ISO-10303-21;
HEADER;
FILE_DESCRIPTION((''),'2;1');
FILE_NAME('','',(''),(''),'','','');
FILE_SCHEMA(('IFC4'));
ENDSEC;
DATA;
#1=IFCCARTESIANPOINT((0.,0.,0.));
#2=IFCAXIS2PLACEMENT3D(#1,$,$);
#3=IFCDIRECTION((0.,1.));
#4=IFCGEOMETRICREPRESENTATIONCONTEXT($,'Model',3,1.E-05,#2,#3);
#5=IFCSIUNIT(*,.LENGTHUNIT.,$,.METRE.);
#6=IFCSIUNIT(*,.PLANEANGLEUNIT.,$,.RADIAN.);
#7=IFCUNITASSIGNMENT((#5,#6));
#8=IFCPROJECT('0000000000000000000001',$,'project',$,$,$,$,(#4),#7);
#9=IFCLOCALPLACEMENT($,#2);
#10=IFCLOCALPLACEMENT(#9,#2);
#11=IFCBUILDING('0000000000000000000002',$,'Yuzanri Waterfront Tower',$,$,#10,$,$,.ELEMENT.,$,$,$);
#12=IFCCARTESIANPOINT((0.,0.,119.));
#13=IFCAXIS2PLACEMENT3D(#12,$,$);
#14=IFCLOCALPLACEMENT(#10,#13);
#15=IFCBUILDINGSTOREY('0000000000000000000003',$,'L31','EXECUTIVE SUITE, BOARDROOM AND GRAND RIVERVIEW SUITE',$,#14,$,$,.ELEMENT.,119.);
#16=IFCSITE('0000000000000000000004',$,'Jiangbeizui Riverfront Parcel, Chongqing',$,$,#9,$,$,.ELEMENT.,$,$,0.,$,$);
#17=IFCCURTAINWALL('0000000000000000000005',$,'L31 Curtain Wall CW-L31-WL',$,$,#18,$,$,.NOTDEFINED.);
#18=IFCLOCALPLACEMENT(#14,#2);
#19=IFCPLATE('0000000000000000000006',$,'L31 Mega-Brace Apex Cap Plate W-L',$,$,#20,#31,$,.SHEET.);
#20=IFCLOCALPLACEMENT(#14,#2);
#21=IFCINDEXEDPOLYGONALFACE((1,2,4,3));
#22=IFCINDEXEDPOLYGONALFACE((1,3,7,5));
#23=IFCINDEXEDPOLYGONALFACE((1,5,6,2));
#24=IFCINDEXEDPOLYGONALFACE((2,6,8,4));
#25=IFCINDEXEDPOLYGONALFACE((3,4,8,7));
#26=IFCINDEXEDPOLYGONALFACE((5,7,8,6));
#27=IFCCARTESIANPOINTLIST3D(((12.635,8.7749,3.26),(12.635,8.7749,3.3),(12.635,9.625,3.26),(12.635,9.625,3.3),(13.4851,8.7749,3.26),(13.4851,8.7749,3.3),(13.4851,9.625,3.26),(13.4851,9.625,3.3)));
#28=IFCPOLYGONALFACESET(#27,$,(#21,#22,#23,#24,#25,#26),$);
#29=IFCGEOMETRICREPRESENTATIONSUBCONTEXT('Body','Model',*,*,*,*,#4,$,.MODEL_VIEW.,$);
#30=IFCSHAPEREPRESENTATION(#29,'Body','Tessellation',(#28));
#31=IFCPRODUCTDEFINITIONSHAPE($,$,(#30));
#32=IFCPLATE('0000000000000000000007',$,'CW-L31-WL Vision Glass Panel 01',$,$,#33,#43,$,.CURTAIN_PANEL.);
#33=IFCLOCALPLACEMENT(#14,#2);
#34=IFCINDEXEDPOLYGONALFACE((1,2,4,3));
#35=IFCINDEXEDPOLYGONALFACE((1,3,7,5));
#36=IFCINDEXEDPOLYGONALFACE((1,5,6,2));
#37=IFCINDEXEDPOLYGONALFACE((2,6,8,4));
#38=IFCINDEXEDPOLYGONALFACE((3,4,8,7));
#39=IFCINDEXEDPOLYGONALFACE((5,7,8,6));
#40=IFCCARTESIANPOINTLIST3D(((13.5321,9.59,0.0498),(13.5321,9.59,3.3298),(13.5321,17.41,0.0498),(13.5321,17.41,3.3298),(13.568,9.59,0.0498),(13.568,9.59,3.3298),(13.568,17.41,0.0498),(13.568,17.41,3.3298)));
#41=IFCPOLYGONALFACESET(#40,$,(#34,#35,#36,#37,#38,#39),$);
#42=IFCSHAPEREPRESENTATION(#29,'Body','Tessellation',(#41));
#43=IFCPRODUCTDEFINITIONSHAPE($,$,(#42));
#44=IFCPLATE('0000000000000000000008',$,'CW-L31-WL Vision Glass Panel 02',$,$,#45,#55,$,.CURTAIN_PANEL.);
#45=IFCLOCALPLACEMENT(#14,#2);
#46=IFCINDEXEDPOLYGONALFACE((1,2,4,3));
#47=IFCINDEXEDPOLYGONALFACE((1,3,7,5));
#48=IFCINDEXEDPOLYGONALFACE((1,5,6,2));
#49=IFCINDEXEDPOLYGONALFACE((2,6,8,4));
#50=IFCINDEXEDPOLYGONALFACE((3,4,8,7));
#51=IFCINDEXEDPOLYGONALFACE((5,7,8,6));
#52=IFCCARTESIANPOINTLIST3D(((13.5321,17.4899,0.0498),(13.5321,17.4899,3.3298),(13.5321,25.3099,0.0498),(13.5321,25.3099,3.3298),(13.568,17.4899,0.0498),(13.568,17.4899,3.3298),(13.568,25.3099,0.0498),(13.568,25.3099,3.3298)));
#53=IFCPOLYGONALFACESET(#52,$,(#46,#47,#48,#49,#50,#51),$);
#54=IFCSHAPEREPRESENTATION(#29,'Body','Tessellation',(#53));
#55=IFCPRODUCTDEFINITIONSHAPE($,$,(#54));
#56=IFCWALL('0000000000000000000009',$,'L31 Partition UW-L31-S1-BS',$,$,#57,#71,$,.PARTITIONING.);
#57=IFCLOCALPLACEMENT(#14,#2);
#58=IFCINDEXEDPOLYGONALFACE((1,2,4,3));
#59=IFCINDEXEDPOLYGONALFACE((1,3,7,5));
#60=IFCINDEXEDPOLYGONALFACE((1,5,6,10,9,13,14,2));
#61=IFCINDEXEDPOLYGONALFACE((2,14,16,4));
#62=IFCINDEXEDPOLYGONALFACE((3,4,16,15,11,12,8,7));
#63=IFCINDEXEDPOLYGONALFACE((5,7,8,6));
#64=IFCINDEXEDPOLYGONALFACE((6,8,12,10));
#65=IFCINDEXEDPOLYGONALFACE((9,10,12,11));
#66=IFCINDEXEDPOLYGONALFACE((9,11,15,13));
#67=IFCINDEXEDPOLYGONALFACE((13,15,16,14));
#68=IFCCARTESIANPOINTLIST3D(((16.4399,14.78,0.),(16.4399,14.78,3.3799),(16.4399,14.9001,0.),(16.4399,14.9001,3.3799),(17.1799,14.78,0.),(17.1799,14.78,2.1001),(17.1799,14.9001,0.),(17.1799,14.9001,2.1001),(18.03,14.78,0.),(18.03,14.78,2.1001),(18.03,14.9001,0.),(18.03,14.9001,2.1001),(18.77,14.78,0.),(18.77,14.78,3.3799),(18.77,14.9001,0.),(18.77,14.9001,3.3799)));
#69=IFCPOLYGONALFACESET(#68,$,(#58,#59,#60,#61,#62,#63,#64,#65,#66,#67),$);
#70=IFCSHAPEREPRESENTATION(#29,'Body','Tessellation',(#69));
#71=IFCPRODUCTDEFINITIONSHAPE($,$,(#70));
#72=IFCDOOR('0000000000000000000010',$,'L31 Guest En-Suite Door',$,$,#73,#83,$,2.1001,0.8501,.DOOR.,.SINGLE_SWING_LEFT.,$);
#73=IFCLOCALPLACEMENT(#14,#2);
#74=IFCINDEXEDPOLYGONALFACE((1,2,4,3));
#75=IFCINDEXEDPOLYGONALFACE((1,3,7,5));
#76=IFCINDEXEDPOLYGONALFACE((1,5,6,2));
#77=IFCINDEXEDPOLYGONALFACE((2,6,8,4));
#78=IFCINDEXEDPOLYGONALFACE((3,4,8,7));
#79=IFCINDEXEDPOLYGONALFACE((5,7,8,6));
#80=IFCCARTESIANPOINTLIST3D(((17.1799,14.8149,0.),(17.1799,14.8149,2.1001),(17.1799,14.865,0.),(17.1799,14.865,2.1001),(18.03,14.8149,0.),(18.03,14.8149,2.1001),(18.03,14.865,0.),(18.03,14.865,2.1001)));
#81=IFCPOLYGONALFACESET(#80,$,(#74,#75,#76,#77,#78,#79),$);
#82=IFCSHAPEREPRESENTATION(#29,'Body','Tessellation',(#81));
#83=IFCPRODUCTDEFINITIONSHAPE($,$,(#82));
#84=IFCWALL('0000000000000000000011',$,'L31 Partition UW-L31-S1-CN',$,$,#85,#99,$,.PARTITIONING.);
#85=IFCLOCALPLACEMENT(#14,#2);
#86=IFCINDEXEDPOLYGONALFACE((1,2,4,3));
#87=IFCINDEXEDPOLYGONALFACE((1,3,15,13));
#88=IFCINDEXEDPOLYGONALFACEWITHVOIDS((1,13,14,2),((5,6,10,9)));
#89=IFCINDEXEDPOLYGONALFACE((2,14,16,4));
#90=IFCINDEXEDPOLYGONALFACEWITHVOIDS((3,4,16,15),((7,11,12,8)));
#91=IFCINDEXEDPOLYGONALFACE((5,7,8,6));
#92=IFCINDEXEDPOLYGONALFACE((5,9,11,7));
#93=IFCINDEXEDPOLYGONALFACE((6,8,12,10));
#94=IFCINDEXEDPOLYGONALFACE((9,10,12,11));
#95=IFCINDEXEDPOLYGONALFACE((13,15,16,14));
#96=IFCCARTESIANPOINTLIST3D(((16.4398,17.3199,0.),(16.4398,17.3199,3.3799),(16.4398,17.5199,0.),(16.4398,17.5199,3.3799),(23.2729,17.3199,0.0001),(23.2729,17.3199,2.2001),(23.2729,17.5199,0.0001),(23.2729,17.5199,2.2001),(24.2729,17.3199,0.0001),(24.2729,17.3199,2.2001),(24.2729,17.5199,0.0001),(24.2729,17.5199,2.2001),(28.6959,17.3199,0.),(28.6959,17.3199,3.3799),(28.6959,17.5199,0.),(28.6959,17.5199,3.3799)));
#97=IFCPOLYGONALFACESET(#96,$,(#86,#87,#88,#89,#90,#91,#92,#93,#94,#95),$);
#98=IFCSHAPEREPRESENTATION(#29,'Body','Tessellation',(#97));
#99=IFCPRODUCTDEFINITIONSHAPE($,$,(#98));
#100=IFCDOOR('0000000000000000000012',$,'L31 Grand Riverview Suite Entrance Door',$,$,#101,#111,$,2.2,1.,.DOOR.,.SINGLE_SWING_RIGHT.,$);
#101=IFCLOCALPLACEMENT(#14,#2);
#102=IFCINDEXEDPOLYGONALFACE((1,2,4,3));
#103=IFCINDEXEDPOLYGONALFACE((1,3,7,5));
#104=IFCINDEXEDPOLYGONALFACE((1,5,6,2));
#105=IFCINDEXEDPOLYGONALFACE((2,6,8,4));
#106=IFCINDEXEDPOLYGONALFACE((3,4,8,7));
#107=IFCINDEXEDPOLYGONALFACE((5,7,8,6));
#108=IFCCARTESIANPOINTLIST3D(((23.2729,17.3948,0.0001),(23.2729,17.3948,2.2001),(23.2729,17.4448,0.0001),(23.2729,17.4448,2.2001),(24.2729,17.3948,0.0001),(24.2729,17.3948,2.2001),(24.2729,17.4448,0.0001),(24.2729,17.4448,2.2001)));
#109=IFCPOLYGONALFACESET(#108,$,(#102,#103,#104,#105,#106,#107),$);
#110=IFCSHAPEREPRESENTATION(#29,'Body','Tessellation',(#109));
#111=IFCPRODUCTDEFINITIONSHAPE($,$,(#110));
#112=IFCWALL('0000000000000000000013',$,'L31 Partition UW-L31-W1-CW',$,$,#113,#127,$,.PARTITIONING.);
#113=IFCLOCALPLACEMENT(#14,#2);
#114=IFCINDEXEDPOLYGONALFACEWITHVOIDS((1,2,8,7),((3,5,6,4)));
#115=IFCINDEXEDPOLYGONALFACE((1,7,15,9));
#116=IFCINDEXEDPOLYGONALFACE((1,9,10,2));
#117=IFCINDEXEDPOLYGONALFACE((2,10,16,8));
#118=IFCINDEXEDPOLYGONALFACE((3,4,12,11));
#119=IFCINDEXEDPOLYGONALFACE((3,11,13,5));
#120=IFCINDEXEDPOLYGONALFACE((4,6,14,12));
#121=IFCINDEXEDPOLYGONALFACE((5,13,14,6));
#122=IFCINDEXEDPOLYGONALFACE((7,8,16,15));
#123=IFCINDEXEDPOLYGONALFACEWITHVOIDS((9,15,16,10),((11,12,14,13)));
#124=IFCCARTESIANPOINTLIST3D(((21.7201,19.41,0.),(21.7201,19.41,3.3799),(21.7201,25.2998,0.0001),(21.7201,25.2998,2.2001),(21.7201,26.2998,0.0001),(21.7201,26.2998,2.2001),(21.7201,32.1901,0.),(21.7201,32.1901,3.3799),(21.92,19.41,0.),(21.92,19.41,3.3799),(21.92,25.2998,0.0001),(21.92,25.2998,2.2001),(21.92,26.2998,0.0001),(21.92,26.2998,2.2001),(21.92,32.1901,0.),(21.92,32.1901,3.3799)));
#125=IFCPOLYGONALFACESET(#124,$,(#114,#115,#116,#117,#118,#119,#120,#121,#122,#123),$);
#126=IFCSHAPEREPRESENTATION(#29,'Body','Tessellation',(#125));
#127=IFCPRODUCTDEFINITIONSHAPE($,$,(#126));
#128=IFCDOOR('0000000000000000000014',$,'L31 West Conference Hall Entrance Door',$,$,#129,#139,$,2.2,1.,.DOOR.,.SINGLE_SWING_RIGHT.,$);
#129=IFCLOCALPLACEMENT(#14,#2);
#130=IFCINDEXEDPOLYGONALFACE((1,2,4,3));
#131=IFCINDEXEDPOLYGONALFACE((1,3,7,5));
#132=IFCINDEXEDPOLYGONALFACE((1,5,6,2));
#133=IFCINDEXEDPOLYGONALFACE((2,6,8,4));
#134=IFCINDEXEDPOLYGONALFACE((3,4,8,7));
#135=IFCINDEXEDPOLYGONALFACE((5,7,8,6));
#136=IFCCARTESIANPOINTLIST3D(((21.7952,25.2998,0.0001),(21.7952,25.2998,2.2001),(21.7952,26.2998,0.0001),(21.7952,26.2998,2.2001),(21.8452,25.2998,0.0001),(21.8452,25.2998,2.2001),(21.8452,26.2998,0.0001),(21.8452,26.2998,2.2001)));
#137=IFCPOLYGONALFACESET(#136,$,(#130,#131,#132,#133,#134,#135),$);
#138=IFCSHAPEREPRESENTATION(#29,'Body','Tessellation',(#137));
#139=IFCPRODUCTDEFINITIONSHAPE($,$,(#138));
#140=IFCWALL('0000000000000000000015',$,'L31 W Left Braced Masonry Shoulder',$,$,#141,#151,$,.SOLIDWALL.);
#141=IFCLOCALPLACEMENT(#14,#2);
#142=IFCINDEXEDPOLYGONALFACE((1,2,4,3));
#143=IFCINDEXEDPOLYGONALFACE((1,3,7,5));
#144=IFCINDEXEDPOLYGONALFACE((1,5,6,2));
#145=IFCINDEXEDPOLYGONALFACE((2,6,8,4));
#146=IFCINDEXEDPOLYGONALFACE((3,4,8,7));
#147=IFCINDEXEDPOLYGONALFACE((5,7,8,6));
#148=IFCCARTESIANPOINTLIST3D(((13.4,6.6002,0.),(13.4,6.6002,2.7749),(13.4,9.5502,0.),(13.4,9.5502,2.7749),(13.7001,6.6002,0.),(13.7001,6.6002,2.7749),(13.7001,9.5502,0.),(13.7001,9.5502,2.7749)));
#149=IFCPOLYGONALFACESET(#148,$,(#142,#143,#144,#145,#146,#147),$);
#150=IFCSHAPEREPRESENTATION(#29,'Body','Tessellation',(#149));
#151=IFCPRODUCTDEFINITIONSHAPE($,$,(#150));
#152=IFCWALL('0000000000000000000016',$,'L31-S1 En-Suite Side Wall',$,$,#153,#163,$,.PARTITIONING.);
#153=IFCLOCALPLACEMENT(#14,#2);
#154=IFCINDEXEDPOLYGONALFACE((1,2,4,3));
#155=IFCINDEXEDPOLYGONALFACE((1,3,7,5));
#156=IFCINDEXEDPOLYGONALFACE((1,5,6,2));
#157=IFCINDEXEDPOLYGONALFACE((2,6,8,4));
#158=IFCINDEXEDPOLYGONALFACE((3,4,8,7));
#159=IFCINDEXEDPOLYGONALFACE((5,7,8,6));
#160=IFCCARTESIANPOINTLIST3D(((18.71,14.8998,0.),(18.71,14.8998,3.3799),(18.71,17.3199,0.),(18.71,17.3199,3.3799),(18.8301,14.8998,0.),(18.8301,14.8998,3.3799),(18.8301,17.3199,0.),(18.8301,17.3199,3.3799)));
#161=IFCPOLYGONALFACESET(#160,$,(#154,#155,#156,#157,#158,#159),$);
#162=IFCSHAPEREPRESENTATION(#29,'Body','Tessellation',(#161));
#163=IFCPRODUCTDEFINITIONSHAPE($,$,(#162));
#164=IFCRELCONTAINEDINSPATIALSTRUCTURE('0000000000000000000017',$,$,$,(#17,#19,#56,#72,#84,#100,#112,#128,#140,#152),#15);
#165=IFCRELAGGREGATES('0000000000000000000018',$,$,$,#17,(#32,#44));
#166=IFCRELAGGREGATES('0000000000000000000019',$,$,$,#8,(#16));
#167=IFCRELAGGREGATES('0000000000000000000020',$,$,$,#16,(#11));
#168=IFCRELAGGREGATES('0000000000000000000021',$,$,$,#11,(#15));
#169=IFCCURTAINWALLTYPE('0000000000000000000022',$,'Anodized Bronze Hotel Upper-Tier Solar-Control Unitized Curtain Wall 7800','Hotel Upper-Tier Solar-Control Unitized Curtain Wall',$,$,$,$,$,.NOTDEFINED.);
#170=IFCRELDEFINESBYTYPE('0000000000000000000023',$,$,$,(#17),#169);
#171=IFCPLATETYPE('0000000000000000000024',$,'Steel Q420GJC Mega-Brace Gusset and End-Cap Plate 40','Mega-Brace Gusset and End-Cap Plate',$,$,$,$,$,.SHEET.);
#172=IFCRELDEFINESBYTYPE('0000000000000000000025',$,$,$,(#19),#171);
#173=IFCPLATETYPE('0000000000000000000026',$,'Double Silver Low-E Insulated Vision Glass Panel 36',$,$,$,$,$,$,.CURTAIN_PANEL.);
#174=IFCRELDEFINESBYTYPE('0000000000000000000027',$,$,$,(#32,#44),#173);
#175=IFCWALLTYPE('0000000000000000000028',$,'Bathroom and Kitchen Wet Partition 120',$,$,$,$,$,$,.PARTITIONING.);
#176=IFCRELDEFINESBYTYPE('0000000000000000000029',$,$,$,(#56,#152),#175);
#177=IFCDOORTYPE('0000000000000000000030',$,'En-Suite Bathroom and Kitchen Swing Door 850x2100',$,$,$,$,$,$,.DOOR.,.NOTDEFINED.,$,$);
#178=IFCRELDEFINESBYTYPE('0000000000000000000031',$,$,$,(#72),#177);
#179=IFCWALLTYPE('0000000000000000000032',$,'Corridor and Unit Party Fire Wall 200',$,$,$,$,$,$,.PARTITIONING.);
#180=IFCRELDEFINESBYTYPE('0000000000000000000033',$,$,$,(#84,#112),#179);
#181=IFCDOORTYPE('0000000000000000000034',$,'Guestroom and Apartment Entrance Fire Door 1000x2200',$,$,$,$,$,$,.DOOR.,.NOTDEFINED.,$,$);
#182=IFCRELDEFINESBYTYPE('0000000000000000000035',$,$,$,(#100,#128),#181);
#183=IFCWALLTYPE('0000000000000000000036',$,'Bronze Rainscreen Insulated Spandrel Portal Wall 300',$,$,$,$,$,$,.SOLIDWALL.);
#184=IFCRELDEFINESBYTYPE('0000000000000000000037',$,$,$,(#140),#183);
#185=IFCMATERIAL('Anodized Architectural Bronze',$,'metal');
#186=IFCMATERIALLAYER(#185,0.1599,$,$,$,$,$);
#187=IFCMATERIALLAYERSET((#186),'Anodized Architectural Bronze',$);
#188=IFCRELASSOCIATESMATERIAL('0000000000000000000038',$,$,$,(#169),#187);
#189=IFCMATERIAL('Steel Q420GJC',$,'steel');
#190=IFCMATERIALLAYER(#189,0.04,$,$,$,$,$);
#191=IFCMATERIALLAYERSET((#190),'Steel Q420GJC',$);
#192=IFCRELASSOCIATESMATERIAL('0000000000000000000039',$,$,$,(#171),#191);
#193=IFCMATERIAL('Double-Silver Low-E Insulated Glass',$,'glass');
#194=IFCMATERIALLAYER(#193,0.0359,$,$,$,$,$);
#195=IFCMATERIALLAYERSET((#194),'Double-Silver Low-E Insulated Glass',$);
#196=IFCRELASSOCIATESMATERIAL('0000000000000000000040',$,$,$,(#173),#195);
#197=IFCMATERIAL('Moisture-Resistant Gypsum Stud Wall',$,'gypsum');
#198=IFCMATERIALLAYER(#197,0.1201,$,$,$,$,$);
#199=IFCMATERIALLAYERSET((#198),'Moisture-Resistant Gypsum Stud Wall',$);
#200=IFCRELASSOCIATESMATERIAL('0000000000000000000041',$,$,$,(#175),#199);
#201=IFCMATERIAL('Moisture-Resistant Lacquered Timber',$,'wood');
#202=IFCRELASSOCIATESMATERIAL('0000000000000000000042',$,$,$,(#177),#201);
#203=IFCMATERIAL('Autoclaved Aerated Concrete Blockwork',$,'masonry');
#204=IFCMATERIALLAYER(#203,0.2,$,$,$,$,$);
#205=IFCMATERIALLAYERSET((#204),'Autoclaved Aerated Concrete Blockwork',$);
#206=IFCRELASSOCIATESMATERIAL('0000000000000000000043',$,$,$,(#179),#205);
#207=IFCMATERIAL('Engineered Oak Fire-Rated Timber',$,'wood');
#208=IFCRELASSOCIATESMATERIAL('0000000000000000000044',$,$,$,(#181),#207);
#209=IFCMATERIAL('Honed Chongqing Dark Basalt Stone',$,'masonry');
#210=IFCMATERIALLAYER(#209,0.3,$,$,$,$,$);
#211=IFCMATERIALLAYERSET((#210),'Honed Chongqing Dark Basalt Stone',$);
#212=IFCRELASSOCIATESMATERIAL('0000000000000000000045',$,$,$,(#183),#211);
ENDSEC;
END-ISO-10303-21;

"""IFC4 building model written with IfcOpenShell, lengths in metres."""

from ifc_helpers import new_model, si_unit, direction, frame, frame_2d, origin, origin_2d, place, context, subcontext, project, spatial, rectangle, extrude, source, transform, mapped, material, layer, layer_set, type_object, element, fill, aggregate, save


model = new_model("IFC4")

# Units and contexts
model_context = context("Model", 3, precision=1e-05, world=origin(), true_north=direction((0.0, 1.0)))
body_context = subcontext(model_context, "Body", "Model", "MODEL_VIEW")
ifc_project = project(units=[si_unit("LENGTHUNIT", "METRE"), si_unit("PLANEANGLEUNIT", "RADIAN")], contexts=[model_context])

# Site, building, storey
site_placement = place(None, origin())
site = spatial("IfcSite", under=ifc_project, at=site_placement, Name="Jiangbeizui Riverfront Parcel, Chongqing", CompositionType="ELEMENT", RefElevation=0.0)
building_placement = place(site_placement, origin())
building = spatial("IfcBuilding", under=site, at=building_placement, Name="Yuzanri Waterfront Tower", CompositionType="ELEMENT")
storey_placement = place(building_placement, frame((0.0, 0.0, 119.0)))
storey = spatial("IfcBuildingStorey", under=building, at=storey_placement, Name="L31", Description="EXECUTIVE SUITE, BOARDROOM AND GRAND RIVERVIEW SUITE", CompositionType="ELEMENT", Elevation=119.0)

# Curtain wall
ifc_material_1 = material(Name="Anodized Architectural Bronze", Category="metal")
ifc_layer_1 = layer(ifc_material_1, 0.1599)
ifc_layer_set_1 = layer_set([ifc_layer_1], Name="Anodized Architectural Bronze")
curtain_wall_type = type_object("IfcCurtainWallType", Name="Anodized Bronze Hotel Upper-Tier Solar-Control Unitized Curtain Wall 7800", Description="Hotel Upper-Tier Solar-Control Unitized Curtain Wall", PredefinedType="NOTDEFINED", material=ifc_layer_set_1)
curtain_wall_placement = place(storey_placement, origin())
curtain_wall = element("IfcCurtainWall", 1, at=curtain_wall_placement, inside=storey, type_object=curtain_wall_type, Name="L31 Curtain Wall CW-L31-WL", PredefinedType="NOTDEFINED")

# Plates
ifc_material_2 = material(Name="Steel Q420GJC", Category="steel")
ifc_layer_2 = layer(ifc_material_2, 0.04)
ifc_layer_set_2 = layer_set([ifc_layer_2], Name="Steel Q420GJC")
plate_type_1 = type_object("IfcPlateType", Name="Steel Q420GJC Mega-Brace Gusset and End-Cap Plate 40", Description="Mega-Brace Gusset and End-Cap Plate", PredefinedType="SHEET", material=ifc_layer_set_2)
shared_shape_1 = source(origin(), body_context, "Body", "SweptSolid", [
    extrude(rectangle(XDim=0.8501, YDim=0.8501, at=origin_2d()), origin(), (0.0, 0.0, 1.0), 0.04),
])
plate_1_placement = place(storey_placement, frame((13.0601, 9.2, 3.26), z_axis=(0.0, 0.0, 1.0), x_axis=(1.0, 0.0, 0.0)))
element("IfcPlate", 2, at=plate_1_placement, inside=storey, type_object=plate_type_1, Name="L31 Mega-Brace Apex Cap Plate W-L", PredefinedType="SHEET", context=body_context, shape_type="MappedRepresentation", body=[
    mapped(shared_shape_1, transform((0.0, 0.0, 0.0), scale=1.0)),
])
ifc_material_3 = material(Name="Double-Silver Low-E Insulated Glass", Category="glass")
ifc_layer_3 = layer(ifc_material_3, 0.0359)
ifc_layer_set_3 = layer_set([ifc_layer_3], Name="Double-Silver Low-E Insulated Glass")
plate_type_2 = type_object("IfcPlateType", Name="Double Silver Low-E Insulated Vision Glass Panel 36", PredefinedType="CURTAIN_PANEL", material=ifc_layer_set_3)
shared_shape_2 = source(origin(), body_context, "Body", "SweptSolid", [
    extrude(rectangle(XDim=7.8201, YDim=0.0359, at=origin_2d()), origin(), (0.0, 0.0, 1.0), 3.28),
])
plate_2_placement = place(storey_placement, frame((13.55, 13.5, 0.0498), z_axis=(0.0, 0.0, 1.0), x_axis=(0.0, 1.0, 0.0)))
plate_2 = element("IfcPlate", 3, at=plate_2_placement, type_object=plate_type_2, Name="CW-L31-WL Vision Glass Panel 01", PredefinedType="CURTAIN_PANEL", context=body_context, shape_type="MappedRepresentation", body=[
    mapped(shared_shape_2, transform((0.0, 0.0, 0.0), scale=1.0)),
])
plate_3_placement = place(storey_placement, frame((13.55, 21.3999, 0.0498), z_axis=(0.0, 0.0, 1.0), x_axis=(0.0, 1.0, 0.0)))
plate_3 = element("IfcPlate", 4, at=plate_3_placement, type_object=plate_type_2, Name="CW-L31-WL Vision Glass Panel 02", PredefinedType="CURTAIN_PANEL", context=body_context, shape_type="MappedRepresentation", body=[
    mapped(shared_shape_2, transform((0.0, 0.0, 0.0), scale=1.0)),
])
aggregate(curtain_wall, [plate_2, plate_3])

# Walls, openings, doors
ifc_material_4 = material(Name="Moisture-Resistant Gypsum Stud Wall", Category="gypsum")
ifc_layer_4 = layer(ifc_material_4, 0.1201)
ifc_layer_set_4 = layer_set([ifc_layer_4], Name="Moisture-Resistant Gypsum Stud Wall")
wall_type_1 = type_object("IfcWallType", Name="Bathroom and Kitchen Wet Partition 120", PredefinedType="PARTITIONING", material=ifc_layer_set_4)
wall_1_placement = place(storey_placement, frame((16.4399, 14.8401, 0.0), z_axis=(0.0, 0.0, 1.0), x_axis=(1.0, 0.0, 0.0)))
wall_1 = element("IfcWall", 5, at=wall_1_placement, inside=storey, type_object=wall_type_1, Name="L31 Partition UW-L31-S1-BS", PredefinedType="PARTITIONING", context=body_context, shape_type="SweptSolid", body=[
    extrude(rectangle(XDim=2.3301, YDim=0.1201, at=frame_2d((1.165, 0.0))), origin(), (0.0, 0.0, 1.0), 3.3799),
])
opening_1_placement = place(wall_1_placement, frame((0.74, 0.0, 0.0)))
opening_1 = element("IfcOpeningElement", 6, at=opening_1_placement, cuts=wall_1, PredefinedType="OPENING", context=body_context, shape_type="SweptSolid", body=[
    extrude(rectangle(XDim=0.8501, YDim=2.1001, at=frame_2d((0.425, 1.05))), frame((0.0, 0.075, 0.0), z_axis=(0.0, -1.0, 0.0), x_axis=(1.0, 0.0, 0.0)), (0.0, 0.0, 1.0), 0.1499),
])
ifc_material_5 = material(Name="Moisture-Resistant Lacquered Timber", Category="wood")
door_type_1 = type_object("IfcDoorType", Name="En-Suite Bathroom and Kitchen Swing Door 850x2100", OperationType="NOTDEFINED", PredefinedType="DOOR", material=ifc_material_5)
shared_shape_3 = source(origin(), body_context, "Body", "SweptSolid", [
    extrude(rectangle(XDim=0.8501, YDim=2.1001, at=frame_2d((0.425, 1.05))), frame((0.0, 0.0249, 0.0), z_axis=(0.0, -1.0, 0.0), x_axis=(1.0, 0.0, 0.0)), (0.0, 0.0, 1.0), 0.05),
])
door_1_placement = place(opening_1_placement, origin())
door_1 = element("IfcDoor", 7, at=door_1_placement, inside=storey, type_object=door_type_1, Name="L31 Guest En-Suite Door", OperationType="SINGLE_SWING_LEFT", OverallHeight=2.1001, OverallWidth=0.8501, PredefinedType="DOOR", context=body_context, shape_type="MappedRepresentation", body=[
    mapped(shared_shape_3, transform((0.0, 0.0, 0.0), scale=1.0)),
])
fill(opening_1, door_1)
ifc_material_6 = material(Name="Autoclaved Aerated Concrete Blockwork", Category="masonry")
ifc_layer_5 = layer(ifc_material_6, 0.2)
ifc_layer_set_5 = layer_set([ifc_layer_5], Name="Autoclaved Aerated Concrete Blockwork")
wall_type_2 = type_object("IfcWallType", Name="Corridor and Unit Party Fire Wall 200", PredefinedType="PARTITIONING", material=ifc_layer_set_5)
wall_2_placement = place(storey_placement, frame((16.4399, 17.4199, 0.0), z_axis=(0.0, 0.0, 1.0), x_axis=(1.0, 0.0, 0.0)))
wall_2 = element("IfcWall", 8, at=wall_2_placement, inside=storey, type_object=wall_type_2, Name="L31 Partition UW-L31-S1-CN", PredefinedType="PARTITIONING", context=body_context, shape_type="SweptSolid", body=[
    extrude(rectangle(XDim=12.2561, YDim=0.2, at=frame_2d((6.1279, 0.0))), origin(), (0.0, 0.0, 1.0), 3.3799),
])
opening_2_placement = place(wall_2_placement, frame((6.833, 0.0, 0.0)))
opening_2 = element("IfcOpeningElement", 9, at=opening_2_placement, cuts=wall_2, PredefinedType="OPENING", context=body_context, shape_type="SweptSolid", body=[
    extrude(rectangle(XDim=1.0, YDim=2.2, at=frame_2d((0.5, 1.1001))), frame((0.0, 0.1147, 0.0), z_axis=(0.0, -1.0, 0.0), x_axis=(1.0, 0.0, 0.0)), (0.0, 0.0, 1.0), 0.2297),
])
ifc_material_7 = material(Name="Engineered Oak Fire-Rated Timber", Category="wood")
door_type_2 = type_object("IfcDoorType", Name="Guestroom and Apartment Entrance Fire Door 1000x2200", OperationType="NOTDEFINED", PredefinedType="DOOR", material=ifc_material_7)
shared_shape_4 = source(origin(), body_context, "Body", "SweptSolid", [
    extrude(rectangle(XDim=1.0, YDim=2.2, at=frame_2d((0.5, 1.1001))), frame((0.0, 0.0249, 0.0), z_axis=(0.0, -1.0, 0.0), x_axis=(1.0, 0.0, 0.0)), (0.0, 0.0, 1.0), 0.05),
])
door_2_placement = place(opening_2_placement, origin())
door_2 = element("IfcDoor", 10, at=door_2_placement, inside=storey, type_object=door_type_2, Name="L31 Grand Riverview Suite Entrance Door", OperationType="SINGLE_SWING_RIGHT", OverallHeight=2.2, OverallWidth=1.0, PredefinedType="DOOR", context=body_context, shape_type="MappedRepresentation", body=[
    mapped(shared_shape_4, transform((0.0, 0.0, 0.0), scale=1.0)),
])
fill(opening_2, door_2)
wall_3_placement = place(storey_placement, frame((21.8201, 19.4099, 0.0), z_axis=(0.0, 0.0, 1.0), x_axis=(0.0, 1.0, 0.0)))
wall_3 = element("IfcWall", 11, at=wall_3_placement, inside=storey, type_object=wall_type_2, Name="L31 Partition UW-L31-W1-CW", PredefinedType="PARTITIONING", context=body_context, shape_type="SweptSolid", body=[
    extrude(rectangle(XDim=12.78, YDim=0.2, at=frame_2d((6.3901, 0.0))), origin(), (0.0, 0.0, 1.0), 3.3799),
])
opening_3_placement = place(wall_3_placement, frame((5.8899, 0.0, 0.0)))
opening_3 = element("IfcOpeningElement", 12, at=opening_3_placement, cuts=wall_3, PredefinedType="OPENING", context=body_context, shape_type="SweptSolid", body=[
    extrude(rectangle(XDim=1.0, YDim=2.2, at=frame_2d((0.5, 1.1001))), frame((0.0, 0.1147, 0.0), z_axis=(0.0, -1.0, 0.0), x_axis=(1.0, 0.0, 0.0)), (0.0, 0.0, 1.0), 0.2297),
])
door_3_placement = place(opening_3_placement, origin())
door_3 = element("IfcDoor", 13, at=door_3_placement, inside=storey, type_object=door_type_2, Name="L31 West Conference Hall Entrance Door", OperationType="SINGLE_SWING_RIGHT", OverallHeight=2.2, OverallWidth=1.0, PredefinedType="DOOR", context=body_context, shape_type="MappedRepresentation", body=[
    mapped(shared_shape_4, transform((0.0, 0.0, 0.0), scale=1.0)),
])
fill(opening_3, door_3)

# Walls
ifc_material_8 = material(Name="Honed Chongqing Dark Basalt Stone", Category="masonry")
ifc_layer_6 = layer(ifc_material_8, 0.3)
ifc_layer_set_6 = layer_set([ifc_layer_6], Name="Honed Chongqing Dark Basalt Stone")
wall_type_3 = type_object("IfcWallType", Name="Bronze Rainscreen Insulated Spandrel Portal Wall 300", PredefinedType="SOLIDWALL", material=ifc_layer_set_6)
shared_shape_5 = source(origin(), body_context, "Body", "SweptSolid", [
    extrude(rectangle(XDim=2.95, YDim=0.3, at=frame_2d((1.4751, 0.0))), origin(), (0.0, 0.0, 1.0), 2.7749),
])
wall_4_placement = place(storey_placement, frame((13.55, 6.6001, 0.0), z_axis=(0.0, 0.0, 1.0), x_axis=(0.0, 1.0, 0.0)))
element("IfcWall", 14, at=wall_4_placement, inside=storey, type_object=wall_type_3, Name="L31 W Left Braced Masonry Shoulder", PredefinedType="SOLIDWALL", context=body_context, shape_type="MappedRepresentation", body=[
    mapped(shared_shape_5, transform((0.0, 0.0, 0.0), scale=1.0)),
])
shared_shape_6 = source(origin(), body_context, "Body", "SweptSolid", [
    extrude(rectangle(XDim=2.4202, YDim=0.1201, at=frame_2d((1.21, 0.0))), origin(), (0.0, 0.0, 1.0), 3.3799),
])
wall_5_placement = place(storey_placement, frame((18.77, 14.8999, 0.0), z_axis=(0.0, 0.0, 1.0), x_axis=(0.0, 1.0, 0.0)))
element("IfcWall", 15, at=wall_5_placement, inside=storey, type_object=wall_type_1, Name="L31-S1 En-Suite Side Wall", PredefinedType="PARTITIONING", context=body_context, shape_type="MappedRepresentation", body=[
    mapped(shared_shape_6, transform((0.0, 0.0, 0.0), scale=1.0)),
])

save(model, "model.ifc")
